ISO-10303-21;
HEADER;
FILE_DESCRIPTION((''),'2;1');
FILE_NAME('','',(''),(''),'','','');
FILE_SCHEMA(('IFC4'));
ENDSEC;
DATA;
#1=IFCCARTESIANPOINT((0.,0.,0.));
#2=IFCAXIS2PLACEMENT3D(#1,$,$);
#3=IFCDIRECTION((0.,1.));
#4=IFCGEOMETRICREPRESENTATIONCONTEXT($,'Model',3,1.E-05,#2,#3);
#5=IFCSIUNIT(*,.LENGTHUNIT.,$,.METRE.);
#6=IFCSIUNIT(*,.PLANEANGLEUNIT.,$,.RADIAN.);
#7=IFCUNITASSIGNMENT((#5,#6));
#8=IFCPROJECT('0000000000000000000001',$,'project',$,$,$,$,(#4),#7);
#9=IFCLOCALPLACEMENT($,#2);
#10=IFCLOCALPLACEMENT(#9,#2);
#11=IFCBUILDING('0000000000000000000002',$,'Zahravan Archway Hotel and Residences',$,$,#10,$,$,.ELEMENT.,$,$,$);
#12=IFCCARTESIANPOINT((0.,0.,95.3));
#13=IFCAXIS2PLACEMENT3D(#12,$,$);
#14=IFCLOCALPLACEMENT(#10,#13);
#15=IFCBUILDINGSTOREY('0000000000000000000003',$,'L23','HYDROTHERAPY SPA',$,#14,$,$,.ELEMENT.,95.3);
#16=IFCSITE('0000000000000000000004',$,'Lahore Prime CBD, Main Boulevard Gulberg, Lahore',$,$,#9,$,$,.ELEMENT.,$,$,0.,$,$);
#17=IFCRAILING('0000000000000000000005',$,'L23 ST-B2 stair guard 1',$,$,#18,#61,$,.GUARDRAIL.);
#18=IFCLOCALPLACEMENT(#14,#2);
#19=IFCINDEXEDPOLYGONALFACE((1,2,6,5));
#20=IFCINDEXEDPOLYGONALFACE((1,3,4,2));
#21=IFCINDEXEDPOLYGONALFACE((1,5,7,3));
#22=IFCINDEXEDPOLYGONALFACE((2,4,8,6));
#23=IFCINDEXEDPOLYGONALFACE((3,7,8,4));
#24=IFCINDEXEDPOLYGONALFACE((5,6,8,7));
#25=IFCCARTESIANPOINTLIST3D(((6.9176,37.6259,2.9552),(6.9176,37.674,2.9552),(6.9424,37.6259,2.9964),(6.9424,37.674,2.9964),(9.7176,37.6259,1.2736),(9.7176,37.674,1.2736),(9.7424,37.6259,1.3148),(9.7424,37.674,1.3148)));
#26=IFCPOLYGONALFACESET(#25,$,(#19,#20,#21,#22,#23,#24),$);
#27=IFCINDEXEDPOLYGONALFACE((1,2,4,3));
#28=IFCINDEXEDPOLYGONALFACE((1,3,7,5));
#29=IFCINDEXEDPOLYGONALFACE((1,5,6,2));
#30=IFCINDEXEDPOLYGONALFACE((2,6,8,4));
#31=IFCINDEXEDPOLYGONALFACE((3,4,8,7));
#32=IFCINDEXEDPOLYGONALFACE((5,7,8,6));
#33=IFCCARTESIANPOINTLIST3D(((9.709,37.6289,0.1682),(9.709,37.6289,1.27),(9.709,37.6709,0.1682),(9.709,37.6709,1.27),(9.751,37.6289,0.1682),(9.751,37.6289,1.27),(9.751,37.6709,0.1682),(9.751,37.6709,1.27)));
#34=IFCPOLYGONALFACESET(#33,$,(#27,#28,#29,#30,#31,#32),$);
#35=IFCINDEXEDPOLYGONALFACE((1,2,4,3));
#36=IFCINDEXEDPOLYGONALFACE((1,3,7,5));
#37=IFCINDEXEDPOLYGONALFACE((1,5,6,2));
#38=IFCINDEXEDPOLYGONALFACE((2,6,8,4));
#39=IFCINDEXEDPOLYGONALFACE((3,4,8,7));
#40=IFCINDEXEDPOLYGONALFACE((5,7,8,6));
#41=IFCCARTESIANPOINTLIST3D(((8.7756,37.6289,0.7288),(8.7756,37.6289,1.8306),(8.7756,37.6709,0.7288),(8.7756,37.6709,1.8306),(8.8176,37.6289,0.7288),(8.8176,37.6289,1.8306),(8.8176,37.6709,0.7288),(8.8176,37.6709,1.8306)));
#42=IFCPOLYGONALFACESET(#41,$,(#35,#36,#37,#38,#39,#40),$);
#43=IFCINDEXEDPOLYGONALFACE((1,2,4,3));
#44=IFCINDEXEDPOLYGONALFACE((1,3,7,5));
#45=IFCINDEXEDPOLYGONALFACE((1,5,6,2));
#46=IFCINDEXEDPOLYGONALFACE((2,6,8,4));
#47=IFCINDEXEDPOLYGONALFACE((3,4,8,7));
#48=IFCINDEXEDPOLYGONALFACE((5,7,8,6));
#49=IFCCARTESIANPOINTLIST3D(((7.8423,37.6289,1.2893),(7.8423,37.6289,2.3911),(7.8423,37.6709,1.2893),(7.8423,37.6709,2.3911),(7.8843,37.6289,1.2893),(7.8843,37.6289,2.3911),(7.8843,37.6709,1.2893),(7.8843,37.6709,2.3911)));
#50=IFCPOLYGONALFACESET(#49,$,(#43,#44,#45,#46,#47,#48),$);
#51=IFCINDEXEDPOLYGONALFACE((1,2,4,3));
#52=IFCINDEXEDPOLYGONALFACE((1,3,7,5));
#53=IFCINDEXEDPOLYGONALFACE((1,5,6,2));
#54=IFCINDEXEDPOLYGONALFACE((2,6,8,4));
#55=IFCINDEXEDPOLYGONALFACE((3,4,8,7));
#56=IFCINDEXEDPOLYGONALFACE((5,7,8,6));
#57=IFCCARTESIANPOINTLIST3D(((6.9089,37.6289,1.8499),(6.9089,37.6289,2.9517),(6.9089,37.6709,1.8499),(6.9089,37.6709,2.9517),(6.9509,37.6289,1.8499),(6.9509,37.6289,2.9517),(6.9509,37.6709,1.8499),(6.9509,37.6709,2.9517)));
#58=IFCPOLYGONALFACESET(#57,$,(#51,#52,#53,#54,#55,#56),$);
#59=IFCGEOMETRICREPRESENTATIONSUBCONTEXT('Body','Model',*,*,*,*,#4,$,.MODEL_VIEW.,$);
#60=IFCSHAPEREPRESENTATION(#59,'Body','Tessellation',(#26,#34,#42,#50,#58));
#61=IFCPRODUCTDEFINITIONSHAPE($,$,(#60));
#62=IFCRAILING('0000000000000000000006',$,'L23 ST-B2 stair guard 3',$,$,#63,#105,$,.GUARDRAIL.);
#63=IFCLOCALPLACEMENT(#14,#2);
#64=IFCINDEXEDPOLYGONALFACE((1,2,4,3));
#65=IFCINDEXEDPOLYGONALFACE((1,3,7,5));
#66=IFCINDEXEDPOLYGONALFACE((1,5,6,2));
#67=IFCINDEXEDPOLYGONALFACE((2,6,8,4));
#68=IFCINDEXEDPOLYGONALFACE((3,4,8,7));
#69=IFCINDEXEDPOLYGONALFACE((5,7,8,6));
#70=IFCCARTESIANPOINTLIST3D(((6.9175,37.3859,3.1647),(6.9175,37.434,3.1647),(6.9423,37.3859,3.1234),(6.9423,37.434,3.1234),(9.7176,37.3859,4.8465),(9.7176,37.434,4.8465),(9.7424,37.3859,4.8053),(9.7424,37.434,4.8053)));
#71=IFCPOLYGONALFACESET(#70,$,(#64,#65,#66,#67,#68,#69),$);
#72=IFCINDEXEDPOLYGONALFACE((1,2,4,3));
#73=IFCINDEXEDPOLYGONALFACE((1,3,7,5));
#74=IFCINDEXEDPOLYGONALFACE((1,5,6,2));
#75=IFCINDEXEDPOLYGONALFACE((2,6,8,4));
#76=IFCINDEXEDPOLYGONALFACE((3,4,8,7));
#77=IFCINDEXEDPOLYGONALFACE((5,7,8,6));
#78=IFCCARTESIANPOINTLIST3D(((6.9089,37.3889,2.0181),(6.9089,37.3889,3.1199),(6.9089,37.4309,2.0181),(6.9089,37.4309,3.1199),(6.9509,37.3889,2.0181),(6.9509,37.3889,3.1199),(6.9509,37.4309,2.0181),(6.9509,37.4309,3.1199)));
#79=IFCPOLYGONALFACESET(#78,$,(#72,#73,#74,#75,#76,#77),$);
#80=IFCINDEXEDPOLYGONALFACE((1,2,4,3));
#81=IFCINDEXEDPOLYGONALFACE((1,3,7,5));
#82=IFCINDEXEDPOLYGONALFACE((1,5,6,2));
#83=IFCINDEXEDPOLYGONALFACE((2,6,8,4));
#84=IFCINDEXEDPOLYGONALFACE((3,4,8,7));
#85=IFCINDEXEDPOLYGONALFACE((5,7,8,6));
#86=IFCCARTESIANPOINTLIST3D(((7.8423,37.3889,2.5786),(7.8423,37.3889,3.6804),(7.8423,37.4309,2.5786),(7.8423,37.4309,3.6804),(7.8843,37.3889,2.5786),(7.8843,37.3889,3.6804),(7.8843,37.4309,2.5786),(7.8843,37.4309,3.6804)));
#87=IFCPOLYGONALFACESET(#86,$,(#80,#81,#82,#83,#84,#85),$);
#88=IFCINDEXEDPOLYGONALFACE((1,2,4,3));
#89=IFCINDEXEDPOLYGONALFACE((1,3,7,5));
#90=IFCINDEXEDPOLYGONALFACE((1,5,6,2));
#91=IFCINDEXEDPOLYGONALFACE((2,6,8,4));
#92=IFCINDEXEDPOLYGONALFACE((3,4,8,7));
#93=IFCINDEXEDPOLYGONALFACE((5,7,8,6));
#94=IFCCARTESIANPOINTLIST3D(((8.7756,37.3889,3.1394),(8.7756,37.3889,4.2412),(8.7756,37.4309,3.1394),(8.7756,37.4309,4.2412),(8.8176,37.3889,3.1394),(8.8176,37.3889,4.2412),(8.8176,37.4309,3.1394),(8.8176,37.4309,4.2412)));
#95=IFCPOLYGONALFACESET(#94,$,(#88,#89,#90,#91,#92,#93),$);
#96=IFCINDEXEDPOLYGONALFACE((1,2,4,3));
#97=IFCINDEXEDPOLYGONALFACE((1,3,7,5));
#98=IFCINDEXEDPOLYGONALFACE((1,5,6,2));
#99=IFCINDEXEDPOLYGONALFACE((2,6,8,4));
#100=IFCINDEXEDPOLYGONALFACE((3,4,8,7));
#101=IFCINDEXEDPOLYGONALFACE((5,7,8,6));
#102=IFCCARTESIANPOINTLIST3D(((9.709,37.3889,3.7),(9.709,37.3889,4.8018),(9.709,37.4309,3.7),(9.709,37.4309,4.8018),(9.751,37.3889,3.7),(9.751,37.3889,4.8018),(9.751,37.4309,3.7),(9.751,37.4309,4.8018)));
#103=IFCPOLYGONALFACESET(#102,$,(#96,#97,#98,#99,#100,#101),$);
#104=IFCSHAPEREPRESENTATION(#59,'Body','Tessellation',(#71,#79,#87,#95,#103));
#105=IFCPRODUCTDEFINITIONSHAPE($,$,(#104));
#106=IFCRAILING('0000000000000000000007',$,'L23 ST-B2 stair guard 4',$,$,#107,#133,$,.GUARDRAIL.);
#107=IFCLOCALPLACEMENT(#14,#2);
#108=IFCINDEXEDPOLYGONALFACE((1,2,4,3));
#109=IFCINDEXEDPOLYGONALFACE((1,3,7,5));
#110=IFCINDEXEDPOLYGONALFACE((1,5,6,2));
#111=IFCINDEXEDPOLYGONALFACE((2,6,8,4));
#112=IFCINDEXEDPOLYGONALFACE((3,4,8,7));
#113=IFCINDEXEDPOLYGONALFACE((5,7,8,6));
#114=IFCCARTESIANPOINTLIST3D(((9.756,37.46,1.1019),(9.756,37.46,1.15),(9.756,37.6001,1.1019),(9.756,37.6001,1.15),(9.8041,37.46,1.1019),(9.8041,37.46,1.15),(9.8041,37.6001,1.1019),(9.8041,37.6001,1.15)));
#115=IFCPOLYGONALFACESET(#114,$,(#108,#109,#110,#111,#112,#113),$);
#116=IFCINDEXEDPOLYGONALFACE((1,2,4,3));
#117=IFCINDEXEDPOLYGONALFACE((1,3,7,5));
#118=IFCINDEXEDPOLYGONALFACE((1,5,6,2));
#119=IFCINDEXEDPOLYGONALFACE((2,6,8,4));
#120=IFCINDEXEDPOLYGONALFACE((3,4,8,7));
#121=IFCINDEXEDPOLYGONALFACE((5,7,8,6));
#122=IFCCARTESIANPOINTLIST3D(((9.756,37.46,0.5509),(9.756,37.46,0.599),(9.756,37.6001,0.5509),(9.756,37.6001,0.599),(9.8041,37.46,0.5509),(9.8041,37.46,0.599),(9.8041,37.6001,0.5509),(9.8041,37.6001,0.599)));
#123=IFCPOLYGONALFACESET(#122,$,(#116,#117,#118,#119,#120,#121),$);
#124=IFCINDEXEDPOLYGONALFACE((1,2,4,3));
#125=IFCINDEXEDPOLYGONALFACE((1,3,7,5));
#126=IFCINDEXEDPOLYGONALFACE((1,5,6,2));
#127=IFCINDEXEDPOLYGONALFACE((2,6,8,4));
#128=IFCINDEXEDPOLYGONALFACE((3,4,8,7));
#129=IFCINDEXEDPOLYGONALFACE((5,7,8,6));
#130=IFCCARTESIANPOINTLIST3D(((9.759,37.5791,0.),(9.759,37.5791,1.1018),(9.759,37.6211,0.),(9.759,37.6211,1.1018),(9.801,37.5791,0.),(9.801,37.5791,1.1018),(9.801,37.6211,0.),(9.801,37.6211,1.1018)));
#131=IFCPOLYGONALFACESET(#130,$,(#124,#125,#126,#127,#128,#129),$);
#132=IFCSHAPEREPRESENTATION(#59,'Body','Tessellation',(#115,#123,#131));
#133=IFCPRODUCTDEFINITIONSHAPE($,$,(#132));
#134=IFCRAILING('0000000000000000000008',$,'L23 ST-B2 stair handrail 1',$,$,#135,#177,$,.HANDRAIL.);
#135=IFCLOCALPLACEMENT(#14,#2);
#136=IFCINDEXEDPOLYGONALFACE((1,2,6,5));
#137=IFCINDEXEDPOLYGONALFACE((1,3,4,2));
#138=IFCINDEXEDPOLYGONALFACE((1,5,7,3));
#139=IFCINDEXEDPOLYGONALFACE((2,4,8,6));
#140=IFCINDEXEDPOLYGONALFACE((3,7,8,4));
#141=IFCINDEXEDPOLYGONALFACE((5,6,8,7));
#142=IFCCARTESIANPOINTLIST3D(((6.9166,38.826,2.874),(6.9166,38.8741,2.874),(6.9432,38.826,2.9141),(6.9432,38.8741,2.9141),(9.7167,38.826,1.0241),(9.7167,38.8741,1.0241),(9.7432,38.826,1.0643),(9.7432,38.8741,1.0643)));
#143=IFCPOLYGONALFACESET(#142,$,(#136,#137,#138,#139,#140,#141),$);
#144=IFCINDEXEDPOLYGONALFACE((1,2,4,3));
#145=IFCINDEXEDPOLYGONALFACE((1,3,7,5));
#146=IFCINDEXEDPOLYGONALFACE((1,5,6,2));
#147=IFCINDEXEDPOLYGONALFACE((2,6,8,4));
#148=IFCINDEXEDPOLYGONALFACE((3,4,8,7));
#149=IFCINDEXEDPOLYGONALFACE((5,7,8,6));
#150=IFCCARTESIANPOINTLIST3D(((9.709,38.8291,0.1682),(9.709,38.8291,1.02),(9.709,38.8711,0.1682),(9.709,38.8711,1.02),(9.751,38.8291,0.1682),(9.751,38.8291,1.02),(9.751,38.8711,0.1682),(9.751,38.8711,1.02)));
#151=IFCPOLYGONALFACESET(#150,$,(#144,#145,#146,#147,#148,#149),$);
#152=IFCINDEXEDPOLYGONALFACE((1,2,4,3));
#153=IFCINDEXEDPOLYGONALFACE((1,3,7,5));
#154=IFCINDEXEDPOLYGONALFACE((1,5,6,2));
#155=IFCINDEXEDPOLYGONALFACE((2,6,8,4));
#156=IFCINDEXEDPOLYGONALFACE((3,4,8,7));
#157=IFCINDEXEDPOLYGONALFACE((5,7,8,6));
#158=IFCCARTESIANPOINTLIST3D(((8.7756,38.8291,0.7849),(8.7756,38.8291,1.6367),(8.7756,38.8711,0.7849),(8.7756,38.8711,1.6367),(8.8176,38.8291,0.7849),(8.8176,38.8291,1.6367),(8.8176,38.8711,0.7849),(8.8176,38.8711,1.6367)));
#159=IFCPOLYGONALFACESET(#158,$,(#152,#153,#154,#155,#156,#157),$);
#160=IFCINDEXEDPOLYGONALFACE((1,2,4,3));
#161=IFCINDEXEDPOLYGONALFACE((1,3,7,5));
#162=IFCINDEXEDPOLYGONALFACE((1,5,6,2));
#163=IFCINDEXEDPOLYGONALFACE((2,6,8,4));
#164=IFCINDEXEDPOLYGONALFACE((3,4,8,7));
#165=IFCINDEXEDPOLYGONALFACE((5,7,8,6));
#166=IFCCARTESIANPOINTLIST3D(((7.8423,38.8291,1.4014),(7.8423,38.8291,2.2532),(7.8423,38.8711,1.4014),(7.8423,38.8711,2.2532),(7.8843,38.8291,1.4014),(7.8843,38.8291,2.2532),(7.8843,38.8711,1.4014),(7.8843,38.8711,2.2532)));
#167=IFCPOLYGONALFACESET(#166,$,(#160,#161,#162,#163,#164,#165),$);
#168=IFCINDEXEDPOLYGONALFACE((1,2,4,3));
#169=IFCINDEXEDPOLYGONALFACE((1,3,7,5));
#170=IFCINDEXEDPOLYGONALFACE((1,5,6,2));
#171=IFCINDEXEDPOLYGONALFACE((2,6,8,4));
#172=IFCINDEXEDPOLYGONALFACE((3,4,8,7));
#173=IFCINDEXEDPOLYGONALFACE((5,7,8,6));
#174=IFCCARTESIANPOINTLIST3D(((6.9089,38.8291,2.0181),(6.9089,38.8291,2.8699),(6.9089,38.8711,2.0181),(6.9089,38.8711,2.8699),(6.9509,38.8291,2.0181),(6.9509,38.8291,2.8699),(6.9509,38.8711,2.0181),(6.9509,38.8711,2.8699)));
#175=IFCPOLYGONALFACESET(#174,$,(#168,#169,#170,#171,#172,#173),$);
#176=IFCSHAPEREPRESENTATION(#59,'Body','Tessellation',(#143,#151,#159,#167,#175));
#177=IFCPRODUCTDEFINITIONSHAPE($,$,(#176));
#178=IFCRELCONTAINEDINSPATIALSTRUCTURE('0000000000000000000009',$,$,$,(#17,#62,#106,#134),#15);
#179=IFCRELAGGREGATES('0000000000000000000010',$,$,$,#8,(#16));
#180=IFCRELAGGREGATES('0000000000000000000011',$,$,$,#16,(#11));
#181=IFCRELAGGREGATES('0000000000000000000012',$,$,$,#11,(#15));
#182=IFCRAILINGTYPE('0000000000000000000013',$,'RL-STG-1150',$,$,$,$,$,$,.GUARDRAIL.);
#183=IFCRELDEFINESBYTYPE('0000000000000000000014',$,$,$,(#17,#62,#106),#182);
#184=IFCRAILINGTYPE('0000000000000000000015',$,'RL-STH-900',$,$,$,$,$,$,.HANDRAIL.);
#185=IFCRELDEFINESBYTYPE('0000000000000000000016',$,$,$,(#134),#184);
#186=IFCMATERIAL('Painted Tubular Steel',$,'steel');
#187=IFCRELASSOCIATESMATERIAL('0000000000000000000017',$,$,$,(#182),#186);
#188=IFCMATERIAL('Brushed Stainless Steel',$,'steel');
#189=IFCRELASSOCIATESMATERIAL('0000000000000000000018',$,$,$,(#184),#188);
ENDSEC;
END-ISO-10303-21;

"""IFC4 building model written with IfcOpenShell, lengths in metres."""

from ifc_helpers import new_model, si_unit, direction, frame, origin, origin_2d, place, context, subcontext, project, spatial, rectangle, extrude, material, type_object, element, save


model = new_model("IFC4")

# Units and contexts
model_context = context("Model", 3, precision=1e-05, world=origin(), true_north=direction((0.0, 1.0)))
body_context = subcontext(model_context, "Body", "Model", "MODEL_VIEW")
ifc_project = project(units=[si_unit("LENGTHUNIT", "METRE"), si_unit("PLANEANGLEUNIT", "RADIAN")], contexts=[model_context])

# Site, building, storey
site_placement = place(None, origin())
site = spatial("IfcSite", under=ifc_project, at=site_placement, Name="Lahore Prime CBD, Main Boulevard Gulberg, Lahore", CompositionType="ELEMENT", RefElevation=0.0)
building_placement = place(site_placement, origin())
building = spatial("IfcBuilding", under=site, at=building_placement, Name="Zahravan Archway Hotel and Residences", CompositionType="ELEMENT")
storey_placement = place(building_placement, frame((0.0, 0.0, 95.3)))
storey = spatial("IfcBuildingStorey", under=building, at=storey_placement, Name="L23", Description="HYDROTHERAPY SPA", CompositionType="ELEMENT", Elevation=95.3)

# Railings
ifc_material_1 = material(Name="Painted Tubular Steel", Category="steel")
railing_type_1 = type_object("IfcRailingType", Name="RL-STG-1150", PredefinedType="GUARDRAIL", material=ifc_material_1)
railing_1_placement = place(storey_placement, frame((9.73, 37.6499, 0.1682)))
element("IfcRailing", 1, at=railing_1_placement, inside=storey, type_object=railing_type_1, Name="L23 ST-B2 stair guard 1", PredefinedType="GUARDRAIL", context=body_context, shape_type="SweptSolid", body=[
    extrude(rectangle(XDim=0.0481, YDim=0.0481, at=origin_2d()), frame((0.0, 0.0, 1.126), z_axis=(-0.857275, 0.0, 0.514858), x_axis=(0.0, -1.0, 0.0)), (0.0, 0.0, 1.0), 3.2661),
    extrude(rectangle(XDim=0.042, YDim=0.042, at=origin_2d()), origin(), (0.0, 0.0, 1.0), 1.1018),
    extrude(rectangle(XDim=0.042, YDim=0.042, at=origin_2d()), frame((-0.9333, 0.0, 0.5605)), (0.0, 0.0, 1.0), 1.1018),
    extrude(rectangle(XDim=0.042, YDim=0.042, at=origin_2d()), frame((-1.8667, 0.0, 1.1211)), (0.0, 0.0, 1.0), 1.1018),
    extrude(rectangle(XDim=0.042, YDim=0.042, at=origin_2d()), frame((-2.8, 0.0, 1.6816)), (0.0, 0.0, 1.0), 1.1018),
])
railing_2_placement = place(storey_placement, frame((6.9299, 37.4099, 2.0181)))
element("IfcRailing", 2, at=railing_2_placement, inside=storey, type_object=railing_type_1, Name="L23 ST-B2 stair guard 3", PredefinedType="GUARDRAIL", context=body_context, shape_type="SweptSolid", body=[
    extrude(rectangle(XDim=0.0481, YDim=0.0481, at=origin_2d()), frame((0.0, 0.0, 1.126), z_axis=(0.857242, 0.0, 0.514913), x_axis=(0.0, 1.0, 0.0)), (0.0, 0.0, 1.0), 3.2664),
    extrude(rectangle(XDim=0.042, YDim=0.042, at=origin_2d()), origin(), (0.0, 0.0, 1.0), 1.1018),
    extrude(rectangle(XDim=0.042, YDim=0.042, at=origin_2d()), frame((0.9333, 0.0, 0.5605)), (0.0, 0.0, 1.0), 1.1018),
    extrude(rectangle(XDim=0.042, YDim=0.042, at=origin_2d()), frame((1.8667, 0.0, 1.1213)), (0.0, 0.0, 1.0), 1.1018),
    extrude(rectangle(XDim=0.042, YDim=0.042, at=origin_2d()), frame((2.8, 0.0, 1.6819)), (0.0, 0.0, 1.0), 1.1018),
])
railing_3_placement = place(storey_placement, frame((9.78, 37.6001, 0.0)))
element("IfcRailing", 3, at=railing_3_placement, inside=storey, type_object=railing_type_1, Name="L23 ST-B2 stair guard 4", PredefinedType="GUARDRAIL", context=body_context, shape_type="SweptSolid", body=[
    extrude(rectangle(XDim=0.0481, YDim=0.0481, at=origin_2d()), frame((0.0, 0.0, 1.126), z_axis=(0.0, -1.0, 0.0), x_axis=(1.0, 0.0, 0.0)), (0.0, 0.0, 1.0), 0.1401),
    extrude(rectangle(XDim=0.0481, YDim=0.0481, at=origin_2d()), frame((0.0, 0.0, 0.575), z_axis=(0.0, -1.0, 0.0), x_axis=(1.0, 0.0, 0.0)), (0.0, 0.0, 1.0), 0.1401),
    extrude(rectangle(XDim=0.042, YDim=0.042, at=origin_2d()), origin(), (0.0, 0.0, 1.0), 1.1018),
])
ifc_material_2 = material(Name="Brushed Stainless Steel", Category="steel")
railing_type_2 = type_object("IfcRailingType", Name="RL-STH-900", PredefinedType="HANDRAIL", material=ifc_material_2)
railing_4_placement = place(storey_placement, frame((9.73, 38.8501, 0.1682)))
element("IfcRailing", 4, at=railing_4_placement, inside=storey, type_object=railing_type_2, Name="L23 ST-B2 stair handrail 1", PredefinedType="HANDRAIL", context=body_context, shape_type="SweptSolid", body=[
    extrude(rectangle(XDim=0.0481, YDim=0.0481, at=origin_2d()), frame((0.0, 0.0, 0.876), z_axis=(-0.83436, 0.0, 0.55122), x_axis=(0.0, -1.0, 0.0)), (0.0, 0.0, 1.0), 3.356),
    extrude(rectangle(XDim=0.042, YDim=0.042, at=origin_2d()), origin(), (0.0, 0.0, 1.0), 0.8518),
    extrude(rectangle(XDim=0.042, YDim=0.042, at=origin_2d()), frame((-0.9333, 0.0, 0.6167)), (0.0, 0.0, 1.0), 0.8518),
    extrude(rectangle(XDim=0.042, YDim=0.042, at=origin_2d()), frame((-1.8667, 0.0, 1.2332)), (0.0, 0.0, 1.0), 0.8518),
    extrude(rectangle(XDim=0.042, YDim=0.042, at=origin_2d()), frame((-2.8, 0.0, 1.8499)), (0.0, 0.0, 1.0), 0.8518),
])

save(model, "model.ifc")
